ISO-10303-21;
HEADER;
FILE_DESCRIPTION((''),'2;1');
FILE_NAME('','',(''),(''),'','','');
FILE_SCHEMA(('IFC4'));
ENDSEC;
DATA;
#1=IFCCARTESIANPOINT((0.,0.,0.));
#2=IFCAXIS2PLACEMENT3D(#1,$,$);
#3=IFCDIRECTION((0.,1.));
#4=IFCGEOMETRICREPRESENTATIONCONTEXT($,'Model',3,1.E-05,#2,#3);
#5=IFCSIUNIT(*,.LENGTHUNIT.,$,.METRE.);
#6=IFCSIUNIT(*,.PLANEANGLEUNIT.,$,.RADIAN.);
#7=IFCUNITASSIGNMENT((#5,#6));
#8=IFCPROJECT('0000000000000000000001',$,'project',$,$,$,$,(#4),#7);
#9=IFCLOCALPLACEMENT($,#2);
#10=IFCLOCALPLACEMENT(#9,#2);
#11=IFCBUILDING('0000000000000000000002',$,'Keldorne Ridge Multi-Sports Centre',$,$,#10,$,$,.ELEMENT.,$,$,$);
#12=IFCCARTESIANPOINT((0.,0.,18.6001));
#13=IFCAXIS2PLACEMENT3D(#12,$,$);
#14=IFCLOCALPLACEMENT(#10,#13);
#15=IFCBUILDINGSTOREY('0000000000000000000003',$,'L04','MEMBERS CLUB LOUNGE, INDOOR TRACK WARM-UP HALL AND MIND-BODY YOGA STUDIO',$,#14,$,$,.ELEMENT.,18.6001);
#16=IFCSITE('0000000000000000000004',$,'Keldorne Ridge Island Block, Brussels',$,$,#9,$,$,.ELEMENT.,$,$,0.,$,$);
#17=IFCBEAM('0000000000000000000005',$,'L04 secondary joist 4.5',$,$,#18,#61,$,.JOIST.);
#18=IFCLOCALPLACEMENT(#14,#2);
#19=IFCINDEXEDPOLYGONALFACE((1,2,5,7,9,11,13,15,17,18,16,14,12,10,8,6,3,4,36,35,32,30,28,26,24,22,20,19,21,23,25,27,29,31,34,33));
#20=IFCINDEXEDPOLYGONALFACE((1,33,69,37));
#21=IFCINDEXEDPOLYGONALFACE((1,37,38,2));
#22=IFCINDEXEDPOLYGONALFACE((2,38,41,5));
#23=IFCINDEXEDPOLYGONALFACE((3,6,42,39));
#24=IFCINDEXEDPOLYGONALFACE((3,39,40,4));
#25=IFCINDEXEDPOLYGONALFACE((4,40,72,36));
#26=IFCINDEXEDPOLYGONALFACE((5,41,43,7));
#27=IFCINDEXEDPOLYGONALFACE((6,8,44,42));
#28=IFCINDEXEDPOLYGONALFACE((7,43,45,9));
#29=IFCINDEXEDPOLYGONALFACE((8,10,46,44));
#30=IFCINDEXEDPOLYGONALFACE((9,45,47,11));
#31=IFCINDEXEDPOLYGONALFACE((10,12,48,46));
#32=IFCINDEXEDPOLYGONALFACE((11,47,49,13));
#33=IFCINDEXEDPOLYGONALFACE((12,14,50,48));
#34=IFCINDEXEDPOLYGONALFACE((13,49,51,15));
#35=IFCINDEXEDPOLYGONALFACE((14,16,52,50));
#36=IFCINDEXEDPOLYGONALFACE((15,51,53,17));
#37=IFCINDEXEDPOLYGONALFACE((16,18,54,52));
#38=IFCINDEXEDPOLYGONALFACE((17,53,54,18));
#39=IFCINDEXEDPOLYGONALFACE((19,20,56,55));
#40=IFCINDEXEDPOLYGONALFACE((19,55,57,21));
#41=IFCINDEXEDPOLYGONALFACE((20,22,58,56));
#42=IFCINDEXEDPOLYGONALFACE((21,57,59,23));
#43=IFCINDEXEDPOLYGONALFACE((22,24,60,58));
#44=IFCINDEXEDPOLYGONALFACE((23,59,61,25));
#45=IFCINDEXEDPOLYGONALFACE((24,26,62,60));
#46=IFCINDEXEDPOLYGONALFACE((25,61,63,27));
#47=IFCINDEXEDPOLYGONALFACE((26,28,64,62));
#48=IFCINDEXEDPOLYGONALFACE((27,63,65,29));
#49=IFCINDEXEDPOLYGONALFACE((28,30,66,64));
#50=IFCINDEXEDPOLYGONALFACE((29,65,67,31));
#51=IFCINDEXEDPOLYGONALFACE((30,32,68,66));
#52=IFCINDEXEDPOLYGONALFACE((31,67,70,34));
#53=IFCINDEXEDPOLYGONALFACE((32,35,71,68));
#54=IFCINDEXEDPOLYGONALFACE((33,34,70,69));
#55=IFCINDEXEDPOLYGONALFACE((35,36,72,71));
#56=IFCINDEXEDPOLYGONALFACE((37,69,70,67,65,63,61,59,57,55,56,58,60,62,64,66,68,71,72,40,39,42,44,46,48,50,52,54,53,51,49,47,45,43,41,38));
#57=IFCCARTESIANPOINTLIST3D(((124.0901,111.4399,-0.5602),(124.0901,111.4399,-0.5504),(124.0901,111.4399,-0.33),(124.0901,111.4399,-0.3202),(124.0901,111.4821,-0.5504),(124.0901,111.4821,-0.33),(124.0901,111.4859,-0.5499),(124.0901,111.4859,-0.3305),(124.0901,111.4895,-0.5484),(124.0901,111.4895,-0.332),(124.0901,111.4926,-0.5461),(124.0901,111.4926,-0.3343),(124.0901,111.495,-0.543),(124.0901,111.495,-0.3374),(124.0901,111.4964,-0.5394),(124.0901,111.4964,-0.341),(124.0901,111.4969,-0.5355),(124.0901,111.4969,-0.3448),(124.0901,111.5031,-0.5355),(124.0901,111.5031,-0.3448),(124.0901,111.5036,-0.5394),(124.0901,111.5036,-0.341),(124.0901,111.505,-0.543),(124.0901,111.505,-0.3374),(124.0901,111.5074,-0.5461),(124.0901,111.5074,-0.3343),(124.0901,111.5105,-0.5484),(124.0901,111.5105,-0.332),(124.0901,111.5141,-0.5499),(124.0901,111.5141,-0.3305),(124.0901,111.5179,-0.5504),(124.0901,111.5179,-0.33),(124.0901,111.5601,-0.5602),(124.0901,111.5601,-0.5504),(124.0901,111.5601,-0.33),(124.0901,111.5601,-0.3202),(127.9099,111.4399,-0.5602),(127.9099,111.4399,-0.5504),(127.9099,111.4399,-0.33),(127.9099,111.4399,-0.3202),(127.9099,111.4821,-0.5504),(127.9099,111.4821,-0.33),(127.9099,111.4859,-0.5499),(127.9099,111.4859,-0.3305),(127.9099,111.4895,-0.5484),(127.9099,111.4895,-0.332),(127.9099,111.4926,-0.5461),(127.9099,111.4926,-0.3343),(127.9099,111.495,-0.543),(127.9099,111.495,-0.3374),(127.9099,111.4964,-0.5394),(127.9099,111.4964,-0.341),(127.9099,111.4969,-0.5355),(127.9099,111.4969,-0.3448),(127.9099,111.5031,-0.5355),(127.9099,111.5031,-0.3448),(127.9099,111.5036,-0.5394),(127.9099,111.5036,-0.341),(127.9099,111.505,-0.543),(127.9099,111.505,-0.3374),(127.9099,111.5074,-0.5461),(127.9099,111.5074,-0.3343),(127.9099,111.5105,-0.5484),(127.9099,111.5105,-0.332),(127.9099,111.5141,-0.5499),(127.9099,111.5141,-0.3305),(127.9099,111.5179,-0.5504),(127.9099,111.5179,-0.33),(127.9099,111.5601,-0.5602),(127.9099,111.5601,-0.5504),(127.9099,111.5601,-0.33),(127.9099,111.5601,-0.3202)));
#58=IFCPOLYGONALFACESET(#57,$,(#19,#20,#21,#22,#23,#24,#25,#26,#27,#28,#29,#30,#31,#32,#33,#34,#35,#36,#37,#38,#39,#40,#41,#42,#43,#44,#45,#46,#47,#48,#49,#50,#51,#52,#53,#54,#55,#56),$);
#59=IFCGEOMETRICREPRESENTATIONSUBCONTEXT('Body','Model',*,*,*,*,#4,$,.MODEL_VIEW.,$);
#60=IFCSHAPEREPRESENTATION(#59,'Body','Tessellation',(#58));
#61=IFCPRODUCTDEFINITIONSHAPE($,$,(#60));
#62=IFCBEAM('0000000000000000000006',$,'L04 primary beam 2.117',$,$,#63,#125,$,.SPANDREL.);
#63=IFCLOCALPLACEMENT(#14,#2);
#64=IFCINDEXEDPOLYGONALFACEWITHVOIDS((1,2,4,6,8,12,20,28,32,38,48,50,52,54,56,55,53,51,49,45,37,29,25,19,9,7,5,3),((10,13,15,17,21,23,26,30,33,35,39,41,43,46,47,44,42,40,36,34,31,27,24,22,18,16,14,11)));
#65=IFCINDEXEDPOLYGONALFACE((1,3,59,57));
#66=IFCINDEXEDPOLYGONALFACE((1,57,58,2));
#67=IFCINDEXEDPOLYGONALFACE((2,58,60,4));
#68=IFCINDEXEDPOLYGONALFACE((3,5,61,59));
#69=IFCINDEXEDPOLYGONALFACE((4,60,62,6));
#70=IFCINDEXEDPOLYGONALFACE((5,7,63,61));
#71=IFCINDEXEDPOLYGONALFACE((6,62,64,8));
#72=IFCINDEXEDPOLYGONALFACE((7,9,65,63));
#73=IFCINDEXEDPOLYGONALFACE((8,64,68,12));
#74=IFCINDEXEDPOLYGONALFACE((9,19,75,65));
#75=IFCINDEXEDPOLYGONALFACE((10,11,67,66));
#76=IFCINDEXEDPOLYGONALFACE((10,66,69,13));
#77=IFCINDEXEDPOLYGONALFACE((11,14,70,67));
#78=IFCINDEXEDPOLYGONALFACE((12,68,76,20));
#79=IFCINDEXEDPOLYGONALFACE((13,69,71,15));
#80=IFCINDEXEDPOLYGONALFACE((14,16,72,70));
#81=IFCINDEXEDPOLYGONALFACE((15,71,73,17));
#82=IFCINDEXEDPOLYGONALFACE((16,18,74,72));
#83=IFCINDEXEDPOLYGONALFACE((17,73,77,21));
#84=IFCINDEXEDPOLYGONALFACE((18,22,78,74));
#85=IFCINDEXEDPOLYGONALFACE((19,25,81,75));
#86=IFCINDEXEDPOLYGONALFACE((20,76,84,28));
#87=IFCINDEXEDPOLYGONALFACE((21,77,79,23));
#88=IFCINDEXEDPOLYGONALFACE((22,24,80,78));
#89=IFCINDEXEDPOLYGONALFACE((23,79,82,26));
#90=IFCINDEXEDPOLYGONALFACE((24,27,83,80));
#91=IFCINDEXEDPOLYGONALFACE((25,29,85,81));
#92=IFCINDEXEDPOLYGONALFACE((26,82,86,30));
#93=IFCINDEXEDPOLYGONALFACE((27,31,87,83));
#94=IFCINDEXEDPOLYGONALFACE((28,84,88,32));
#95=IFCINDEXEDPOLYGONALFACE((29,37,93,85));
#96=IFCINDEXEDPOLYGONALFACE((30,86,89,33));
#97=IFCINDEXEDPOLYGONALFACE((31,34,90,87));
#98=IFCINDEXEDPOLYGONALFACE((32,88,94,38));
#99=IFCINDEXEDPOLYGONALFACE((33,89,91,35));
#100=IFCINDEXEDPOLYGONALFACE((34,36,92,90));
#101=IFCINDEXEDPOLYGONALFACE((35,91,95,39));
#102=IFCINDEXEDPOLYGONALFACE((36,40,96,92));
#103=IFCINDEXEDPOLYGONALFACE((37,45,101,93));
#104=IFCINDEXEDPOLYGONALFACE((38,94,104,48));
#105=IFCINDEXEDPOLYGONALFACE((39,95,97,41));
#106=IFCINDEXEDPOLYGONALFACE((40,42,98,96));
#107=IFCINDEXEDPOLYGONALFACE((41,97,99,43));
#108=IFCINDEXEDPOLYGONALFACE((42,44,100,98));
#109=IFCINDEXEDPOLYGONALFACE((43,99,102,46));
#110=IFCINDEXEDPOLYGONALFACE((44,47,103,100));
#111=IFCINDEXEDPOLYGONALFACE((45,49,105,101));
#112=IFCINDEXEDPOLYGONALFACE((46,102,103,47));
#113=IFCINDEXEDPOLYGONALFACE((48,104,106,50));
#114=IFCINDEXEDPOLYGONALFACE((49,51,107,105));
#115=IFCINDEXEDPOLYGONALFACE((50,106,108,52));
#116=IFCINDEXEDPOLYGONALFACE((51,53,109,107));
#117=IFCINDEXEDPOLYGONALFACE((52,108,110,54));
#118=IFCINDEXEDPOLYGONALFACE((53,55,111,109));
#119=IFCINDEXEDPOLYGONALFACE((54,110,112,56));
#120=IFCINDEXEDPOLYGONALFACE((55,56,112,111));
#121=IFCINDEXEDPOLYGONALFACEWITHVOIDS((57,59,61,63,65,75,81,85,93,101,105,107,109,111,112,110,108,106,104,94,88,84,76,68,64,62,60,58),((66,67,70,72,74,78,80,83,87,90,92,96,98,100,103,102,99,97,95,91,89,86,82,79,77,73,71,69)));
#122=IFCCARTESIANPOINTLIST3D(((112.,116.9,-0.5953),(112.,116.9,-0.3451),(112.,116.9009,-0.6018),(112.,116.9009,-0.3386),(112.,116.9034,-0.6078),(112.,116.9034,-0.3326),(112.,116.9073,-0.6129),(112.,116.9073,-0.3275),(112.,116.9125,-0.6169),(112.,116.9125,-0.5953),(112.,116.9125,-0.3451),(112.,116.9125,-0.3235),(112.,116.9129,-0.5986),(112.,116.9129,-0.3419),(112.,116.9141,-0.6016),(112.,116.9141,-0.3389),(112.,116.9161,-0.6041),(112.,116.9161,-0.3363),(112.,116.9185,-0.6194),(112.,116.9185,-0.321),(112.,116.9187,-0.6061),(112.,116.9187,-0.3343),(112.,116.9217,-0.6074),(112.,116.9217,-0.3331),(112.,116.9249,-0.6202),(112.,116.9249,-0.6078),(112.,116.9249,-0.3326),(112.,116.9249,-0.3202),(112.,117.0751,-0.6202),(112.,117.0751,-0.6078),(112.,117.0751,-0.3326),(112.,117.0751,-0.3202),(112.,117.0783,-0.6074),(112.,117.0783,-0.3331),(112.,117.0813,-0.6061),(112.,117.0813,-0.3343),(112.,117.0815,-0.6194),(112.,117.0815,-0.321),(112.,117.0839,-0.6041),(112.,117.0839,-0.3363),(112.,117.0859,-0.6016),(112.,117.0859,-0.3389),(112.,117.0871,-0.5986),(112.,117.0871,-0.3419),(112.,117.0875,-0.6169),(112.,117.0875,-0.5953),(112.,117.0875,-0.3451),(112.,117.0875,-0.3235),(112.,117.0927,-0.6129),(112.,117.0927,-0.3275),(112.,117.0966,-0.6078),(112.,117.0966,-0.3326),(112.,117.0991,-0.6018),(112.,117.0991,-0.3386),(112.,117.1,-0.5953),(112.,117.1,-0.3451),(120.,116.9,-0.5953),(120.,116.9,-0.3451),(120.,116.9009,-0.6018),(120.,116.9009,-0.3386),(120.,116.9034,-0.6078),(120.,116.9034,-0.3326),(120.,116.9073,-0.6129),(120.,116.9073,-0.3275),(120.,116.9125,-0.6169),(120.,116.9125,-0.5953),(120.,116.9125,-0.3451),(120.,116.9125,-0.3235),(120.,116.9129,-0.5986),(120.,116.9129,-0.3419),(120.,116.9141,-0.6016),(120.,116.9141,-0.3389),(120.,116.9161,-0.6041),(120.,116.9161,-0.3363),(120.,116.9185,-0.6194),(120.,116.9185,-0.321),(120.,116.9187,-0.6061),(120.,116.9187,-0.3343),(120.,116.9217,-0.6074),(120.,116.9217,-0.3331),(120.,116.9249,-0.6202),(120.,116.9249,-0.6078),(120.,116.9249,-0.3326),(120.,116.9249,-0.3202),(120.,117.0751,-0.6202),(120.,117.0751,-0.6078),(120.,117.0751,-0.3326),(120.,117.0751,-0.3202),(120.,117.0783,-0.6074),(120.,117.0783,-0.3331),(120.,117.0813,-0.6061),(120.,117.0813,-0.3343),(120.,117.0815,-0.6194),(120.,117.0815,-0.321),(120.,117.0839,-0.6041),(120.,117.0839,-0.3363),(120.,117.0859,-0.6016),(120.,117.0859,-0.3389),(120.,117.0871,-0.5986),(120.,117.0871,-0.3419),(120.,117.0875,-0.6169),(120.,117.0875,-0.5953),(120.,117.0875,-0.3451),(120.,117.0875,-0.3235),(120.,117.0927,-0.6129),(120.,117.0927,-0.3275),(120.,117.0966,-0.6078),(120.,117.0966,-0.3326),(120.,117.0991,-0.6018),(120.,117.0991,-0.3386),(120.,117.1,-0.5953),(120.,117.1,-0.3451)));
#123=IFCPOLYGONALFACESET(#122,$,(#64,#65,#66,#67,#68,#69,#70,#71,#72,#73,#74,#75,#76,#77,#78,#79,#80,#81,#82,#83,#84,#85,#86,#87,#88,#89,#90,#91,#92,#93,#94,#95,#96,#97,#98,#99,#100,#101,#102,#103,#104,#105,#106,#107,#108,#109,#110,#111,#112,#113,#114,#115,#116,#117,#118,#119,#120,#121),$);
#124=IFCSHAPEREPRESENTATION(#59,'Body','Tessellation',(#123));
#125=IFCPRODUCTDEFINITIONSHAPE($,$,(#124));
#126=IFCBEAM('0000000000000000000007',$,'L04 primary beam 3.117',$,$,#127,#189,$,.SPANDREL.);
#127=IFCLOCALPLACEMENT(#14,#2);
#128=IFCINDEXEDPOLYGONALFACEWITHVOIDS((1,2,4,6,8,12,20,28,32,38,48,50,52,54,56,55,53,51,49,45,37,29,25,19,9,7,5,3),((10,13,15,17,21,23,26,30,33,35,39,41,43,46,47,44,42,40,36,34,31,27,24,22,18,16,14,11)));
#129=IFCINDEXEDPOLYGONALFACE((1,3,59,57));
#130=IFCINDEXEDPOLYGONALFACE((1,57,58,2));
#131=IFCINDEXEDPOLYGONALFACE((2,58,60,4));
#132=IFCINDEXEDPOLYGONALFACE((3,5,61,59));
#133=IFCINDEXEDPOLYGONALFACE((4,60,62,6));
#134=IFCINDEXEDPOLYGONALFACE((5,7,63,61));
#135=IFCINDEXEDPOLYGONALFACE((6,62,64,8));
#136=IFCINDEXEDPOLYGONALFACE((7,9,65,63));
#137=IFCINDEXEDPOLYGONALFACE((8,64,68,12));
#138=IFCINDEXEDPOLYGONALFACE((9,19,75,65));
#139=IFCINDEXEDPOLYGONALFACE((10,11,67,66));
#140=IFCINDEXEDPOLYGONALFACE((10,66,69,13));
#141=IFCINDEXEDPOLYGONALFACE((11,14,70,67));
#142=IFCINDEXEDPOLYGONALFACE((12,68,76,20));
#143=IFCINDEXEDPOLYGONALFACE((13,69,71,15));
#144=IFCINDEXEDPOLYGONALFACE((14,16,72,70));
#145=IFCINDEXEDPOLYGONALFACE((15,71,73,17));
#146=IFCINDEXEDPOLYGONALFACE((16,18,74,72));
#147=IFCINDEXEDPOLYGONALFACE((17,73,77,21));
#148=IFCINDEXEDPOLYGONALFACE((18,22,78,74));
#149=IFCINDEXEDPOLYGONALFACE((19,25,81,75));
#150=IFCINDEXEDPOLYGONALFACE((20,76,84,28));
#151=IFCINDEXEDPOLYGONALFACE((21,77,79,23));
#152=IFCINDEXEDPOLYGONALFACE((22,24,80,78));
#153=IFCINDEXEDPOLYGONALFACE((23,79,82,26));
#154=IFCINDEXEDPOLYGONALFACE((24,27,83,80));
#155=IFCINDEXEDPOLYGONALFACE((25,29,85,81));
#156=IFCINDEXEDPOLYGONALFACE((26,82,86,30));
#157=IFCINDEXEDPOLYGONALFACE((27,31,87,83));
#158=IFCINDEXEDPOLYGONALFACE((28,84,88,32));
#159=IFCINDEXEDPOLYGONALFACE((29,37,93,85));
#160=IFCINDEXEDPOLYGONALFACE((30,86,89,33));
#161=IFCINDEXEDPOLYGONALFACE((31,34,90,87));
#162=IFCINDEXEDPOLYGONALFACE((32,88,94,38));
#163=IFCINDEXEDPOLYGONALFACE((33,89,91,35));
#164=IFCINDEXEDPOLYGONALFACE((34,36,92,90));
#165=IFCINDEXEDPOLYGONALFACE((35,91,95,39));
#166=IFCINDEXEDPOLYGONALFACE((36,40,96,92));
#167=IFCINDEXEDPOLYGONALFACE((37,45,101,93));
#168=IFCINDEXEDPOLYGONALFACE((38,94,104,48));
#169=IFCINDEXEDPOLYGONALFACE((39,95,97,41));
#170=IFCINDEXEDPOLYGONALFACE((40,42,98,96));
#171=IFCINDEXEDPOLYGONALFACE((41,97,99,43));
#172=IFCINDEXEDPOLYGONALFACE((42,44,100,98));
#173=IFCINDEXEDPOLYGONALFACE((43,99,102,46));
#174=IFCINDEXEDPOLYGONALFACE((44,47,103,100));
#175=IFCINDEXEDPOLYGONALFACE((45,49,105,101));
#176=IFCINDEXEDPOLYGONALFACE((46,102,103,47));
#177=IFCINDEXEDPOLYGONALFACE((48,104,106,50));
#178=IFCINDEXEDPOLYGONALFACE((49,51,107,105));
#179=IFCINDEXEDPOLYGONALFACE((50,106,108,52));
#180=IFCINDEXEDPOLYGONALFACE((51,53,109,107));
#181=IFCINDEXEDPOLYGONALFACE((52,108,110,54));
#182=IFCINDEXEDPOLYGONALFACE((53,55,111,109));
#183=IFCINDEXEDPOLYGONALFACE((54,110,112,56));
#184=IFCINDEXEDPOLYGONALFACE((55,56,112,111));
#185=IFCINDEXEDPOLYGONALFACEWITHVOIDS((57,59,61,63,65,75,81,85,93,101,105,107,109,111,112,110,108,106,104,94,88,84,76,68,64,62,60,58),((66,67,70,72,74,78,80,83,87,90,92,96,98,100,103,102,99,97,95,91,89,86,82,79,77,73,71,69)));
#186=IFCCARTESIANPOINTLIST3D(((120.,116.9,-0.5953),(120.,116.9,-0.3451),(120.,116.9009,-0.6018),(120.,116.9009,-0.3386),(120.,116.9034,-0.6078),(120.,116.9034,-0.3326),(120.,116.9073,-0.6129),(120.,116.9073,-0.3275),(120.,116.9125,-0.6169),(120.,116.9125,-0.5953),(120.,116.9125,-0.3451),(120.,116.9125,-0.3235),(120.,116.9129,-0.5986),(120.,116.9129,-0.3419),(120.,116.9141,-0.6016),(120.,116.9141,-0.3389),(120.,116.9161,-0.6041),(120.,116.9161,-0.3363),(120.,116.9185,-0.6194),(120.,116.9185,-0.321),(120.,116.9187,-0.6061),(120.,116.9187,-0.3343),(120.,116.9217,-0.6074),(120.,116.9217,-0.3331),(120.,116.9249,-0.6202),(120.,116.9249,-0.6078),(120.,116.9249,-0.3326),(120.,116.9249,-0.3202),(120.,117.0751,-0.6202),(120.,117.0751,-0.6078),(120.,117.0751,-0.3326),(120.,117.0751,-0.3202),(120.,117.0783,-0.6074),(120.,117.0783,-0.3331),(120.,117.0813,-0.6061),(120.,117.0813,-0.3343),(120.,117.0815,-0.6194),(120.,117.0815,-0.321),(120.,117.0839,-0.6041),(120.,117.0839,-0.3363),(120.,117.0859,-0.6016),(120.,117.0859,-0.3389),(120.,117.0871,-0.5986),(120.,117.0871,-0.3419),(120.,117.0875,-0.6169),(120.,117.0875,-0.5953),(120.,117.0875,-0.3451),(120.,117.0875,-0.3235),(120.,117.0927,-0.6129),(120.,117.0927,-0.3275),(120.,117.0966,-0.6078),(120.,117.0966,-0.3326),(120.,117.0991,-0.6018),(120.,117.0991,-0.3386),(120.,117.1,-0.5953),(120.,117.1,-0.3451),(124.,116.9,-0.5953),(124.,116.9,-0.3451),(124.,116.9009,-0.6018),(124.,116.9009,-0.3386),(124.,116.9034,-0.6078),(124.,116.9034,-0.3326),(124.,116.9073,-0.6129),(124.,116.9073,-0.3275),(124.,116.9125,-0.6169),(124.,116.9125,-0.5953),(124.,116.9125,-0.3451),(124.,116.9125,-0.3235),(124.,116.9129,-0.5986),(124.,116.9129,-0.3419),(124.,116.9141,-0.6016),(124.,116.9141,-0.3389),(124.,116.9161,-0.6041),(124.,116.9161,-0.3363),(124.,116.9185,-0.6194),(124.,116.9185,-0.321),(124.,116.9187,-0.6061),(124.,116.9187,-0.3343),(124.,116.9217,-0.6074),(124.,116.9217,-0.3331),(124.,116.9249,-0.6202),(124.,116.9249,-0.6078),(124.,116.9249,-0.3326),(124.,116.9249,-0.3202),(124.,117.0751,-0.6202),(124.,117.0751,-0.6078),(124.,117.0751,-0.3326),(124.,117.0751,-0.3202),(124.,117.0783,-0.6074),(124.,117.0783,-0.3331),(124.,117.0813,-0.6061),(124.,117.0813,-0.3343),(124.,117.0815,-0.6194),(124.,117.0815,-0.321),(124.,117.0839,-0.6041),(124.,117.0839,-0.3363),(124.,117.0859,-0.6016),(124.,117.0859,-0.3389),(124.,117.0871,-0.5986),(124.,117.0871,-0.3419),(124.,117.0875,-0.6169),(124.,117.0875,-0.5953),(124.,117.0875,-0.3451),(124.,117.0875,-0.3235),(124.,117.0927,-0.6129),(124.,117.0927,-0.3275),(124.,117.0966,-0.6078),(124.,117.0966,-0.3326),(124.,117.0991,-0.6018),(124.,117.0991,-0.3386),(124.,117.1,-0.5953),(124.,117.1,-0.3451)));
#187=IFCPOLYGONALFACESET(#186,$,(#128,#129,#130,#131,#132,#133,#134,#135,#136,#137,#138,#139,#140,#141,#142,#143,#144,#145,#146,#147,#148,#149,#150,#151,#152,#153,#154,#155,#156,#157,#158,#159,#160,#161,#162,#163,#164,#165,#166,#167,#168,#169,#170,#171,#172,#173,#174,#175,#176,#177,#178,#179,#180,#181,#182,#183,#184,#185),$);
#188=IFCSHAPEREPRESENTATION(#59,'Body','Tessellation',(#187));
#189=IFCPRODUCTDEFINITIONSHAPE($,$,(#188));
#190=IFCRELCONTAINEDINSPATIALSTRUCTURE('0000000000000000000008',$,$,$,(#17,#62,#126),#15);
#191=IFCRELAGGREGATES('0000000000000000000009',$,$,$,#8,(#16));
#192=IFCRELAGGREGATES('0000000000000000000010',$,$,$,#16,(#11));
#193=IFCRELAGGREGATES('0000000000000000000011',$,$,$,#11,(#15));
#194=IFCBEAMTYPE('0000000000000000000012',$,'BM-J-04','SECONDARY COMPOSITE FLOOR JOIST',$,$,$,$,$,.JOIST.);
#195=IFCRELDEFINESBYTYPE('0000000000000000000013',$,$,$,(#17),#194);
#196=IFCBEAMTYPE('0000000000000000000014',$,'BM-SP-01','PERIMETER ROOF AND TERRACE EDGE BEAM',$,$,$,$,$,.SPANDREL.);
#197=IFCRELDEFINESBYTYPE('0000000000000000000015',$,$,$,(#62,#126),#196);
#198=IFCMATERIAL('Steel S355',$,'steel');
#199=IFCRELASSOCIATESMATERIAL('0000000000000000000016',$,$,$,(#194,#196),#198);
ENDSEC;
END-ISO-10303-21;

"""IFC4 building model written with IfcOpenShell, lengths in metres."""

from ifc_helpers import new_model, si_unit, direction, frame, origin, origin_2d, place, context, subcontext, project, spatial, hollow_rectangle, i_section, extrude, material, material_profile, profile_set, type_object, element, save


model = new_model("IFC4")

# Units and contexts
model_context = context("Model", 3, precision=1e-05, world=origin(), true_north=direction((0.0, 1.0)))
body_context = subcontext(model_context, "Body", "Model", "MODEL_VIEW")
ifc_project = project(units=[si_unit("LENGTHUNIT", "METRE"), si_unit("PLANEANGLEUNIT", "RADIAN")], contexts=[model_context])

# Site, building, storey
site_placement = place(None, origin())
site = spatial("IfcSite", under=ifc_project, at=site_placement, Name="Keldorne Ridge Island Block, Brussels", CompositionType="ELEMENT", RefElevation=0.0)
building_placement = place(site_placement, origin())
building = spatial("IfcBuilding", under=site, at=building_placement, Name="Keldorne Ridge Multi-Sports Centre", CompositionType="ELEMENT")
storey_placement = place(building_placement, frame((0.0, 0.0, 18.6001)))
storey = spatial("IfcBuildingStorey", under=building, at=storey_placement, Name="L04", Description="MEMBERS CLUB LOUNGE, INDOOR TRACK WARM-UP HALL AND MIND-BODY YOGA STUDIO", CompositionType="ELEMENT", Elevation=18.6001)

# Shared definitions
ifc_material_1 = material(Name="Steel S355", Category="steel")

# Beams
ifc_material_profile_1 = material_profile(ifc_material_1, i_section(OverallWidth=0.1201, OverallDepth=0.24, WebThickness=0.0061, FlangeThickness=0.0098, FilletRadius=0.0149, at=origin_2d()), Name="IPE 240")
ifc_profile_set_1 = profile_set([ifc_material_profile_1], Name="Steel S355")
beam_type_1 = type_object("IfcBeamType", Name="BM-J-04", Description="SECONDARY COMPOSITE FLOOR JOIST", PredefinedType="JOIST", material=ifc_profile_set_1)
for number, where, z_axis, x_axis, name in (
    (1, (124.0901, 111.5, -0.4402), (1.0, 0.0, 0.0), (0.0, 1.0, 0.0), "L04 secondary joist 4.5"),
):
    element("IfcBeam", number, at=place(storey_placement, frame(where, z_axis=z_axis, x_axis=x_axis)), inside=storey, type_object=beam_type_1, Name=name, PredefinedType="JOIST", context=body_context, shape_type="SweptSolid", body=[
        extrude(i_section(OverallWidth=0.1201, OverallDepth=0.24, WebThickness=0.0061, FlangeThickness=0.0098, FilletRadius=0.0149, at=origin_2d()), origin(), (0.0, 0.0, 1.0), 3.8198),
    ])
ifc_material_profile_2 = material_profile(ifc_material_1, hollow_rectangle(XDim=0.2, YDim=0.3, WallThickness=0.0125, InnerFilletRadius=0.0125, OuterFilletRadius=0.0249, at=origin_2d()), Name="RHS 300x200x12.5")
ifc_profile_set_2 = profile_set([ifc_material_profile_2], Name="Steel S355")
beam_type_2 = type_object("IfcBeamType", Name="BM-SP-01", Description="PERIMETER ROOF AND TERRACE EDGE BEAM", PredefinedType="SPANDREL", material=ifc_profile_set_2)
beam_1_placement = place(storey_placement, frame((112.0, 117.0, -0.4702), z_axis=(1.0, 0.0, 0.0), x_axis=(0.0, 1.0, 0.0)))
element("IfcBeam", 2, at=beam_1_placement, inside=storey, type_object=beam_type_2, Name="L04 primary beam 2.117", PredefinedType="SPANDREL", context=body_context, shape_type="SweptSolid", body=[
    extrude(hollow_rectangle(XDim=0.2, YDim=0.3, WallThickness=0.0125, InnerFilletRadius=0.0125, OuterFilletRadius=0.0249, at=origin_2d()), origin(), (0.0, 0.0, 1.0), 8.0),
])
for number, where, z_axis, x_axis, name in (
    (3, (120.0, 117.0, -0.4702), (1.0, 0.0, 0.0), (0.0, 1.0, 0.0), "L04 primary beam 3.117"),
):
    element("IfcBeam", number, at=place(storey_placement, frame(where, z_axis=z_axis, x_axis=x_axis)), inside=storey, type_object=beam_type_2, Name=name, PredefinedType="SPANDREL", context=body_context, shape_type="SweptSolid", body=[
        extrude(hollow_rectangle(XDim=0.2, YDim=0.3, WallThickness=0.0125, InnerFilletRadius=0.0125, OuterFilletRadius=0.0249, at=origin_2d()), origin(), (0.0, 0.0, 1.0), 4.0),
    ])

save(model, "model.ifc")
